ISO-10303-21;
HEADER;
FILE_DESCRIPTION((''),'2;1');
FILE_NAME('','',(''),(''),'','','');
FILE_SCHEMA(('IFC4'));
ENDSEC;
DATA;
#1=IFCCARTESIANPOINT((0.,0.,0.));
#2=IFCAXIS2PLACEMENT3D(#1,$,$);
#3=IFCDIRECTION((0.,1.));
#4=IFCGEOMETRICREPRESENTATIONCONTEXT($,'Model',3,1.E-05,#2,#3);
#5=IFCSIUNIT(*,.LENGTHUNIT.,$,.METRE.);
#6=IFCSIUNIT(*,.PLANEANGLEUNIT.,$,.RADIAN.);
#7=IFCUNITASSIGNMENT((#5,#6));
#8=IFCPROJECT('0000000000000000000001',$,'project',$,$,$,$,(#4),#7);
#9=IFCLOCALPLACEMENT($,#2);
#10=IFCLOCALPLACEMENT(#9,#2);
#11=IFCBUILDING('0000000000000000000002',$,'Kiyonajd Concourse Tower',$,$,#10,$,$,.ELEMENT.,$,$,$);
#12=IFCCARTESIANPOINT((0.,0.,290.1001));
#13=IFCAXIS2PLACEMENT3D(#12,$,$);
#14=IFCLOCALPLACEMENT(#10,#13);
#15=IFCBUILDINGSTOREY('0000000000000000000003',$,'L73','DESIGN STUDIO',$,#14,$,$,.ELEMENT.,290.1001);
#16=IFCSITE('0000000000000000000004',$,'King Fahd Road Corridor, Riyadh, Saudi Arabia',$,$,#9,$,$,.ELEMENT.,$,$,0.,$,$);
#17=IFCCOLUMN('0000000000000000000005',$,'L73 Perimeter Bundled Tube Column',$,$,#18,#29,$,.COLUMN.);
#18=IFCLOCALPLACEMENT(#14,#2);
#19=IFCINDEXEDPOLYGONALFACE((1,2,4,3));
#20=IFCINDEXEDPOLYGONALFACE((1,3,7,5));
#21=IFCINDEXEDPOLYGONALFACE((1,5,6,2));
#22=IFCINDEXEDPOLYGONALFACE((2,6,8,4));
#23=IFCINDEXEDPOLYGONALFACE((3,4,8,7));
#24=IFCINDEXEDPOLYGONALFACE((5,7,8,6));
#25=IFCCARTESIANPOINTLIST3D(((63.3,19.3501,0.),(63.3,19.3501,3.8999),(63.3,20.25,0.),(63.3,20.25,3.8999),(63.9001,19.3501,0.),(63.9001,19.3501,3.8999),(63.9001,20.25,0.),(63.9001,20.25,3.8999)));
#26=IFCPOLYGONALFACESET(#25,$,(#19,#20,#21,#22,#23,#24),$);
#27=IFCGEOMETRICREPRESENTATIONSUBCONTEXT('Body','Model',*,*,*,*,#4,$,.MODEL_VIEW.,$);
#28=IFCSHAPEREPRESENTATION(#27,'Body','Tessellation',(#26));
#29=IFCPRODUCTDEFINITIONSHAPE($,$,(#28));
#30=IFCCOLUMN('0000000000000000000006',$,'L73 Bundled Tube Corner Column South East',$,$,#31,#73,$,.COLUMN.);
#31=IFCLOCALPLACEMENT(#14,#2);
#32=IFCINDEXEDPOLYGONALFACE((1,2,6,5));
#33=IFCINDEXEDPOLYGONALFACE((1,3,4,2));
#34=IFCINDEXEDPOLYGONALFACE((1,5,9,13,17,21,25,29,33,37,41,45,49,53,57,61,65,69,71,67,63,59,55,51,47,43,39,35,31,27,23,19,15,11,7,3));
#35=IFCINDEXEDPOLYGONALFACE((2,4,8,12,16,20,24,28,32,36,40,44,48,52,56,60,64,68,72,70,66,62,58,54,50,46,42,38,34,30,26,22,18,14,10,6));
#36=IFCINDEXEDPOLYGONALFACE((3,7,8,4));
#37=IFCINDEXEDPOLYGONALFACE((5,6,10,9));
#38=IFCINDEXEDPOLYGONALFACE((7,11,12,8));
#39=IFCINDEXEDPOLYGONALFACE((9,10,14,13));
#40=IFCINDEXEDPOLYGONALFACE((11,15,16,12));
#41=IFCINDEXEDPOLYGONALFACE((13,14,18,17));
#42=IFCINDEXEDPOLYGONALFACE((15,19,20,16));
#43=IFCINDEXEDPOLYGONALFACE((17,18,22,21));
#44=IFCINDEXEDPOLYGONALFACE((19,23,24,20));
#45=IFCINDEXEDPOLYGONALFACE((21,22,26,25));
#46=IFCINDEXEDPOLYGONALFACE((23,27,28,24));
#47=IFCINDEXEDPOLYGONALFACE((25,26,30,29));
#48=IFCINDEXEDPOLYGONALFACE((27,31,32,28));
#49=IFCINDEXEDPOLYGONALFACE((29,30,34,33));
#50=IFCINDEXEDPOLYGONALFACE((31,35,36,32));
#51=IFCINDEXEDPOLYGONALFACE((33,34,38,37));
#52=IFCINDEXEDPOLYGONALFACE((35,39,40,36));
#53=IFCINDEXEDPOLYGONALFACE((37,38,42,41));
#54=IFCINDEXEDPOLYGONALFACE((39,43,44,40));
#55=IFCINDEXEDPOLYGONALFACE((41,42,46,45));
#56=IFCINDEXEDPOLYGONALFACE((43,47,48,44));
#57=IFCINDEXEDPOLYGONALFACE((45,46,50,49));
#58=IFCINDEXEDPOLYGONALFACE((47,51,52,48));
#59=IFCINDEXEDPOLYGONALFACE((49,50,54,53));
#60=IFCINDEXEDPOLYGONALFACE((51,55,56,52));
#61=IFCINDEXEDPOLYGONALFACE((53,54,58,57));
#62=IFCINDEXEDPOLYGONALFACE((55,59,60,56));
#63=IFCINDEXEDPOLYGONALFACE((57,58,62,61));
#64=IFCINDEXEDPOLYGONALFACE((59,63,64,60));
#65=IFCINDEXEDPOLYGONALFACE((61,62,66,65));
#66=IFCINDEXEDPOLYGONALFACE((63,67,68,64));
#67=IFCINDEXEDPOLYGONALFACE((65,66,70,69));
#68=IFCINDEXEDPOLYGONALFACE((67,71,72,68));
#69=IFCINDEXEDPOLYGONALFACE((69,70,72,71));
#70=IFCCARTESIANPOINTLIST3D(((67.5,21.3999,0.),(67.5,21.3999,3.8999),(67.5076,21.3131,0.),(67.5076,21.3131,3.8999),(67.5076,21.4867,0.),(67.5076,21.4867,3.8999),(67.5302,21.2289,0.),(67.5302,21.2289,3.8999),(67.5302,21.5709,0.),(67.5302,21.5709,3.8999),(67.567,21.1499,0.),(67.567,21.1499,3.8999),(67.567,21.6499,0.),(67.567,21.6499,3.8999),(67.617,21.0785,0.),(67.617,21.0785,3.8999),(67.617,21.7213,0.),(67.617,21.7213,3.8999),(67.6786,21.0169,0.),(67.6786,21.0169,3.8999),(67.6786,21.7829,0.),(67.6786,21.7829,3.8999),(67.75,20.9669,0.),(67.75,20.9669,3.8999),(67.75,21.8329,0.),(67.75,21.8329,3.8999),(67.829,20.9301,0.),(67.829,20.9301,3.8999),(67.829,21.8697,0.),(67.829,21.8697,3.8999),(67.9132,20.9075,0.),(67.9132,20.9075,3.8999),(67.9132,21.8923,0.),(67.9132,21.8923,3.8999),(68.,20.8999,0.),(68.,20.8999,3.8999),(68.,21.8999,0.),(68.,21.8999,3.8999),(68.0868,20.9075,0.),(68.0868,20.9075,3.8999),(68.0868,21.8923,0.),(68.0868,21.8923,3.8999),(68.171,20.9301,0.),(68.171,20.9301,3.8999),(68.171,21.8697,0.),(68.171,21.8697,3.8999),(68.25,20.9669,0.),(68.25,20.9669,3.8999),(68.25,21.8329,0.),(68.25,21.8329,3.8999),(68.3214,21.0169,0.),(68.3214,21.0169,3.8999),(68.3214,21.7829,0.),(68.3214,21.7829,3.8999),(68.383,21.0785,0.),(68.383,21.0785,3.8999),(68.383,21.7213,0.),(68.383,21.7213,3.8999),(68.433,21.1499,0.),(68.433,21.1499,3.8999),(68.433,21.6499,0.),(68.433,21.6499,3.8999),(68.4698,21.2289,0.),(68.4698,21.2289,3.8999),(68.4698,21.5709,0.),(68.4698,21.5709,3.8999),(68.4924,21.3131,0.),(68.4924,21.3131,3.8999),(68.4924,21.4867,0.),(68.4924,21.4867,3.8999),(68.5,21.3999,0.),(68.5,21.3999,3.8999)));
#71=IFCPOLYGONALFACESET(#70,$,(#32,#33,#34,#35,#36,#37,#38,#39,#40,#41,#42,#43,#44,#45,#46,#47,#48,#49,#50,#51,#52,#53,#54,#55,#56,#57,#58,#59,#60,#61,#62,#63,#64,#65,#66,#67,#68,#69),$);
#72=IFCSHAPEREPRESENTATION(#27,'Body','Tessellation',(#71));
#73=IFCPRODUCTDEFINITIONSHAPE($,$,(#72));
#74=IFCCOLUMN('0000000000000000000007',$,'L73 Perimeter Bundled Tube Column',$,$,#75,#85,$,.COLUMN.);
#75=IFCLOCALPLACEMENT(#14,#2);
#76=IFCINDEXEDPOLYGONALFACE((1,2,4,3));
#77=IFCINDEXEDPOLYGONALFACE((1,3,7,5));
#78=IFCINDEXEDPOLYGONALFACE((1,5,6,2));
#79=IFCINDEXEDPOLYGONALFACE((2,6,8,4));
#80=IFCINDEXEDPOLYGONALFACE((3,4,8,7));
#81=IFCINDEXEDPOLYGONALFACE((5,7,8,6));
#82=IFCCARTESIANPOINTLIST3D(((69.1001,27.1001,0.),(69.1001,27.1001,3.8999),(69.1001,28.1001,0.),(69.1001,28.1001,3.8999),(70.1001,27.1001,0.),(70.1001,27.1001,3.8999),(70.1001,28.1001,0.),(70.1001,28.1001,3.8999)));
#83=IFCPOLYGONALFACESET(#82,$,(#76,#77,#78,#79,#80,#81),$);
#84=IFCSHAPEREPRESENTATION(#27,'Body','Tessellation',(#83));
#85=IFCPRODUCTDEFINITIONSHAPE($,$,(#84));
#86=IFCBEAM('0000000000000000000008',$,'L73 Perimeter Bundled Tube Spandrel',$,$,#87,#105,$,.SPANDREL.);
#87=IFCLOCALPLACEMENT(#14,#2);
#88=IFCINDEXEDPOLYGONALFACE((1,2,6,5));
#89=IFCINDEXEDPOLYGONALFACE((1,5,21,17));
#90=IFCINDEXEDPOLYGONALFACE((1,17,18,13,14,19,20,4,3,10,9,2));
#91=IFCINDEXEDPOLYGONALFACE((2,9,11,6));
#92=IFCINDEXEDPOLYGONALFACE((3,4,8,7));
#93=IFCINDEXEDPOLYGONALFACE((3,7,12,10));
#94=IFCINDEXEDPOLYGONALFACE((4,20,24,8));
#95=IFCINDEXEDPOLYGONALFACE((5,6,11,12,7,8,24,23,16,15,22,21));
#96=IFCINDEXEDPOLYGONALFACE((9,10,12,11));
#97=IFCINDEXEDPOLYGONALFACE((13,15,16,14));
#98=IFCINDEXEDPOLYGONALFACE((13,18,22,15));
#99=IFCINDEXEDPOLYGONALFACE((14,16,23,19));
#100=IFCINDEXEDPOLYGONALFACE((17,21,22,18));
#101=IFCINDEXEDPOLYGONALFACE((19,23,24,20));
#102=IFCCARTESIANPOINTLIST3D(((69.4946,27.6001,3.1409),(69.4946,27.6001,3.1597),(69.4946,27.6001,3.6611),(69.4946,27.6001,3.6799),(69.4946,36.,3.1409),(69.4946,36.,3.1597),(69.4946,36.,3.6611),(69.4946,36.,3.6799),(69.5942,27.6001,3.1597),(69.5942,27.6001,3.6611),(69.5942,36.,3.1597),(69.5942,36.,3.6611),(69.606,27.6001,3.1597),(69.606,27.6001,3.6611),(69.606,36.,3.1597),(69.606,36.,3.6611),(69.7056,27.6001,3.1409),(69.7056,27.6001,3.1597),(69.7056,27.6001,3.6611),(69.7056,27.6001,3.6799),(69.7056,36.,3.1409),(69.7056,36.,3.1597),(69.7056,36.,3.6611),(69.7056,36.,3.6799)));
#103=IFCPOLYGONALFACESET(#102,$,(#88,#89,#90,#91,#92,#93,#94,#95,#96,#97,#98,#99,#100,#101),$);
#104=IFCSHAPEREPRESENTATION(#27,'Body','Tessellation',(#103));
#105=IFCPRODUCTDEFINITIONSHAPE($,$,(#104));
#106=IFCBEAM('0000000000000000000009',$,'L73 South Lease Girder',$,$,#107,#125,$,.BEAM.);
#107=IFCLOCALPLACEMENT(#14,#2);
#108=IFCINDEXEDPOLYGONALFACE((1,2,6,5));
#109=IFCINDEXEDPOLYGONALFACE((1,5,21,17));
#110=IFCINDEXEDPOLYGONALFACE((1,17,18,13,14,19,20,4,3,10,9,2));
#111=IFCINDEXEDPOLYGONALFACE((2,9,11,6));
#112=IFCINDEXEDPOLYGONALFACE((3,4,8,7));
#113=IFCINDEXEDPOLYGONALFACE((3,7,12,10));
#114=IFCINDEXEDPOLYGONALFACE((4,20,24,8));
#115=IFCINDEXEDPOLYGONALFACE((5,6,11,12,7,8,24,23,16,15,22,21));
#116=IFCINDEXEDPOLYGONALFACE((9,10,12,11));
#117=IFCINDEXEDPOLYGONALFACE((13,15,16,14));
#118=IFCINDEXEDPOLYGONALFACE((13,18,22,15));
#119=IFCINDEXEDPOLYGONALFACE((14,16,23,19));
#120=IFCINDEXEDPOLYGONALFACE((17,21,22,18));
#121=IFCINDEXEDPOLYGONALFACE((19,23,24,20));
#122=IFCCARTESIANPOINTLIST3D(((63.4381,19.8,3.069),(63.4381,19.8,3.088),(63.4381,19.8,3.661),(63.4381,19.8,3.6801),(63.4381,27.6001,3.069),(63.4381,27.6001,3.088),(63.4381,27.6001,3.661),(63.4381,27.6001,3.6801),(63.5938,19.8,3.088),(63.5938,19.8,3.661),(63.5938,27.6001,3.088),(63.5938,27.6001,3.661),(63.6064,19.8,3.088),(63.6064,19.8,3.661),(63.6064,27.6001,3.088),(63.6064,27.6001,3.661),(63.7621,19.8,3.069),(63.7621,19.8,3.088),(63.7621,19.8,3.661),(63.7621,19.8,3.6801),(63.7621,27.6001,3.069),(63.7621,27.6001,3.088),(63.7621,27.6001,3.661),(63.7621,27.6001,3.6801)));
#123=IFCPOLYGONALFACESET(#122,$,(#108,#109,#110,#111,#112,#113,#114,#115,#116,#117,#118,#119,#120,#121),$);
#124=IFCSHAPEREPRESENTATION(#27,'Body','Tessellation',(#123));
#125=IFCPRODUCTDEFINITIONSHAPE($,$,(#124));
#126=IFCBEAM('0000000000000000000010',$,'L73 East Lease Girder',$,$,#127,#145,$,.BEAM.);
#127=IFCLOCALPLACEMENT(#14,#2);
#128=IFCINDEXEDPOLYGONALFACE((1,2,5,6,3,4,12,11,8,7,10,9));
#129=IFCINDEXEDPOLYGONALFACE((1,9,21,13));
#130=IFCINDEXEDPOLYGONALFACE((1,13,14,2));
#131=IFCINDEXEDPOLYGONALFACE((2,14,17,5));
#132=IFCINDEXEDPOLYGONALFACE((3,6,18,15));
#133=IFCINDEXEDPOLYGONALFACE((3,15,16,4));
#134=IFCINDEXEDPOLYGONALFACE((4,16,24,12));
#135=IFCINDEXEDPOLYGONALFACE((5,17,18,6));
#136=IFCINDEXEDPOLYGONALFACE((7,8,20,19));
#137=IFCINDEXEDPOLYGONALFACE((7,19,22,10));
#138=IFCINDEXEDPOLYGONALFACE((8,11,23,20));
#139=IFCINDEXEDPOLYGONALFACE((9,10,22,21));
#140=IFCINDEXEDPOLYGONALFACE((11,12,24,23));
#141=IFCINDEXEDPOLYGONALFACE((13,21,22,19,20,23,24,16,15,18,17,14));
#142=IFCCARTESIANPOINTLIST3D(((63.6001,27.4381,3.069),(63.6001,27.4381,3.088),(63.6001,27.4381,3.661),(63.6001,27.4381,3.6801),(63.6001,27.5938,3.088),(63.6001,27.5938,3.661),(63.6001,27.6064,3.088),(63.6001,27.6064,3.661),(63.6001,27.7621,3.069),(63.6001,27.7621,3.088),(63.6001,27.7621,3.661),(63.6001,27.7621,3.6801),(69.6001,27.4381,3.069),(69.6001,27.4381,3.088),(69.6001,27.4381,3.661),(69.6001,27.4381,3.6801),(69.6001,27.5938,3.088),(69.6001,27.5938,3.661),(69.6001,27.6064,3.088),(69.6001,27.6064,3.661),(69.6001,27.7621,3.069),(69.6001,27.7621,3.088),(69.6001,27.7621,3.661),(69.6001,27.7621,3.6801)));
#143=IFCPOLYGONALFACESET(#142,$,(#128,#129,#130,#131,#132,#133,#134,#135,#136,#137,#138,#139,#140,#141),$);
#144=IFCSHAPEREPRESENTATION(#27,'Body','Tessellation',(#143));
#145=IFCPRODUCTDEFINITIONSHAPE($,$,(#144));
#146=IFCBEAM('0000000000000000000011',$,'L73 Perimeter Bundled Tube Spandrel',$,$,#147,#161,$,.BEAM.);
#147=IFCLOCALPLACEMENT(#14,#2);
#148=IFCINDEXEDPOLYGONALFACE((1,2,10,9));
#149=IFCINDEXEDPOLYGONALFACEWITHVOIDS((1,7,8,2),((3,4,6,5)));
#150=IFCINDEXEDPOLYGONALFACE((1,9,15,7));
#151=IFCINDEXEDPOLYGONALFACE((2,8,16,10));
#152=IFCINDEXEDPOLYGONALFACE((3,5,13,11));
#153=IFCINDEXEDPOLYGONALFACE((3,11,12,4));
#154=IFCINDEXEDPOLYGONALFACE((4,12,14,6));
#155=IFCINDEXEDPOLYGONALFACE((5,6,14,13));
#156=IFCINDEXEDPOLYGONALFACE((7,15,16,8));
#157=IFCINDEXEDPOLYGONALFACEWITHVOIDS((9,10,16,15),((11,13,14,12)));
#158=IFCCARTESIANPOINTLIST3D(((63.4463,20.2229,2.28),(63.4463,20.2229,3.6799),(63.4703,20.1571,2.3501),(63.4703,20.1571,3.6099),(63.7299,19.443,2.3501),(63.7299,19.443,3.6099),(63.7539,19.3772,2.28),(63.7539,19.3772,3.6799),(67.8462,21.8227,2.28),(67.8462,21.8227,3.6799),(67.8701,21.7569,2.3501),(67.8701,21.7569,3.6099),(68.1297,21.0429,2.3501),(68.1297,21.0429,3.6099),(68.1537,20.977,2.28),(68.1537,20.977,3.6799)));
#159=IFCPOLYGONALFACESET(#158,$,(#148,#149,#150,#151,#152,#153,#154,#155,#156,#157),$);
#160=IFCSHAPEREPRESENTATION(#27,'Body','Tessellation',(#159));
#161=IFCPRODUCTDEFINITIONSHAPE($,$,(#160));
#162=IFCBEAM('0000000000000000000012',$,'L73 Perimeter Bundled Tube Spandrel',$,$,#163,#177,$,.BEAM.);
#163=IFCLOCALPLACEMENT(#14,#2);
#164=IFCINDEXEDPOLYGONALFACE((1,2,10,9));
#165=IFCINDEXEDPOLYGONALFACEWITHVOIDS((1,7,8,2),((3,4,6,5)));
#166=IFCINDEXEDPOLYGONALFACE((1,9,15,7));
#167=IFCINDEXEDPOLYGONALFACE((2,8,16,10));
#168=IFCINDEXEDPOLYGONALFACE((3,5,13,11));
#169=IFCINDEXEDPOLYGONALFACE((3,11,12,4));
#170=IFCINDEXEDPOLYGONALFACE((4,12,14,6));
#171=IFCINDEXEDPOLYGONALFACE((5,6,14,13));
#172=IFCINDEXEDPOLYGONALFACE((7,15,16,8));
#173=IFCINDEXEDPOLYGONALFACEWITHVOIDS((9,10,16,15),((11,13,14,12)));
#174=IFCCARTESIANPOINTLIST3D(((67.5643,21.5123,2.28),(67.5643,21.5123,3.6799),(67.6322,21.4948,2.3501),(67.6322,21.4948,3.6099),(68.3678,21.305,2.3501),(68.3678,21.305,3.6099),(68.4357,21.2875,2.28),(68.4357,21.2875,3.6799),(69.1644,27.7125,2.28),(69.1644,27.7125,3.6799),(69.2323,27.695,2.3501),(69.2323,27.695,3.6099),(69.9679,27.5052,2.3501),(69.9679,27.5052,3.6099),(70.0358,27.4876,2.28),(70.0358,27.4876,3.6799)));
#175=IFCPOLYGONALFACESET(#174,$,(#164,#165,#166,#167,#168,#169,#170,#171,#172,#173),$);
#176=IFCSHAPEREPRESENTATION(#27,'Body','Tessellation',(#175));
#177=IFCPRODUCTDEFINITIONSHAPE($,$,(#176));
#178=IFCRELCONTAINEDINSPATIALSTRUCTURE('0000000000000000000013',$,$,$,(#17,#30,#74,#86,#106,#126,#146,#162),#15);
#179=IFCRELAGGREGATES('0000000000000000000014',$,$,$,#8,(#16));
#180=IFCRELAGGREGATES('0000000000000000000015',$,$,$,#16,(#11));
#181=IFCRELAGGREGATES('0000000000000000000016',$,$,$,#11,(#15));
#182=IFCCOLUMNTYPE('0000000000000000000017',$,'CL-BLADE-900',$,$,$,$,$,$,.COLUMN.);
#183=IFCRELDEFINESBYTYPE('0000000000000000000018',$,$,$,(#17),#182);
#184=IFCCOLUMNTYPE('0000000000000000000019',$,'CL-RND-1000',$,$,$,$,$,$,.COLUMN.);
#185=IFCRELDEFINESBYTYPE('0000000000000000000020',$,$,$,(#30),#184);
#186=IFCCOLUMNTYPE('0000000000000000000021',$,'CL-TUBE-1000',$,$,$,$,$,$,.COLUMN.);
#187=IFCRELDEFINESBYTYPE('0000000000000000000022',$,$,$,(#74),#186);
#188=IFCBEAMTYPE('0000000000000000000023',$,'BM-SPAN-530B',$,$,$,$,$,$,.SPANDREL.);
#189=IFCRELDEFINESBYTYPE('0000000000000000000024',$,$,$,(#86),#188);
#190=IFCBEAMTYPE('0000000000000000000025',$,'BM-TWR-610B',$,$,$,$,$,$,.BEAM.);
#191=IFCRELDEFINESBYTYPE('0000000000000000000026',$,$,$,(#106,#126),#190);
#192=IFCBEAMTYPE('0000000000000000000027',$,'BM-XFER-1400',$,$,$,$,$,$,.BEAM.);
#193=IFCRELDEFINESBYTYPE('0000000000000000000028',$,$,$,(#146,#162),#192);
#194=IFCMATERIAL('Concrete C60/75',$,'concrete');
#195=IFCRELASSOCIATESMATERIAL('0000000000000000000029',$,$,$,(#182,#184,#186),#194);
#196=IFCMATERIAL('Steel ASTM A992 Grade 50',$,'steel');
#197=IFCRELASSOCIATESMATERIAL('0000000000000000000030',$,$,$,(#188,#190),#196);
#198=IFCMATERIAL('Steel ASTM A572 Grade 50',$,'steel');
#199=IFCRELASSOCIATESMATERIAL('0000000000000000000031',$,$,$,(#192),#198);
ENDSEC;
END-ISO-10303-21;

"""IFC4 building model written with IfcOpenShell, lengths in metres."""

from ifc_helpers import new_model, si_unit, direction, frame, origin, origin_2d, place, context, subcontext, project, spatial, rectangle, hollow_rectangle, circle, i_section, extrude, material, material_profile, profile_set, type_object, element, save


model = new_model("IFC4")

# Units and contexts
model_context = context("Model", 3, precision=1e-05, world=origin(), true_north=direction((0.0, 1.0)))
body_context = subcontext(model_context, "Body", "Model", "MODEL_VIEW")
ifc_project = project(units=[si_unit("LENGTHUNIT", "METRE"), si_unit("PLANEANGLEUNIT", "RADIAN")], contexts=[model_context])

# Site, building, storey
site_placement = place(None, origin())
site = spatial("IfcSite", under=ifc_project, at=site_placement, Name="King Fahd Road Corridor, Riyadh, Saudi Arabia", CompositionType="ELEMENT", RefElevation=0.0)
building_placement = place(site_placement, origin())
building = spatial("IfcBuilding", under=site, at=building_placement, Name="Kiyonajd Concourse Tower", CompositionType="ELEMENT")
storey_placement = place(building_placement, frame((0.0, 0.0, 290.1001)))
storey = spatial("IfcBuildingStorey", under=building, at=storey_placement, Name="L73", Description="DESIGN STUDIO", CompositionType="ELEMENT", Elevation=290.1001)

# Columns
ifc_material_1 = material(Name="Concrete C60/75", Category="concrete")
ifc_material_profile_1 = material_profile(ifc_material_1, rectangle(XDim=0.6001, YDim=0.8999, at=origin_2d()), Name="RC-900x600")
ifc_profile_set_1 = profile_set([ifc_material_profile_1], Name="Concrete C60/75")
column_type_1 = type_object("IfcColumnType", Name="CL-BLADE-900", PredefinedType="COLUMN", material=ifc_profile_set_1)
column_1_placement = place(storey_placement, frame((63.6001, 19.8, 0.0), z_axis=(0.0, 0.0, 1.0), x_axis=(1.0, 0.0, 0.0)))
element("IfcColumn", 1, at=column_1_placement, inside=storey, type_object=column_type_1, Name="L73 Perimeter Bundled Tube Column", PredefinedType="COLUMN", context=body_context, shape_type="SweptSolid", body=[
    extrude(rectangle(XDim=0.6001, YDim=0.8999, at=origin_2d()), origin(), (0.0, 0.0, 1.0), 3.8999),
])
ifc_material_profile_2 = material_profile(ifc_material_1, circle(Radius=0.5, at=origin_2d()), Name="RCC-D1000")
ifc_profile_set_2 = profile_set([ifc_material_profile_2], Name="Concrete C60/75")
column_type_2 = type_object("IfcColumnType", Name="CL-RND-1000", PredefinedType="COLUMN", material=ifc_profile_set_2)
column_2_placement = place(storey_placement, frame((68.0, 21.3999, 0.0), z_axis=(0.0, 0.0, 1.0), x_axis=(1.0, 0.0, 0.0)))
element("IfcColumn", 2, at=column_2_placement, inside=storey, type_object=column_type_2, Name="L73 Bundled Tube Corner Column South East", PredefinedType="COLUMN", context=body_context, shape_type="SweptSolid", body=[
    extrude(circle(Radius=0.5, at=origin_2d()), origin(), (0.0, 0.0, 1.0), 3.8999),
])
ifc_material_profile_3 = material_profile(ifc_material_1, rectangle(XDim=1.0, YDim=1.0, at=origin_2d()), Name="RC-1000x1000")
ifc_profile_set_3 = profile_set([ifc_material_profile_3], Name="Concrete C60/75")
column_type_3 = type_object("IfcColumnType", Name="CL-TUBE-1000", PredefinedType="COLUMN", material=ifc_profile_set_3)
column_3_placement = place(storey_placement, frame((69.6001, 27.6001, 0.0), z_axis=(0.0, 0.0, 1.0), x_axis=(1.0, 0.0, 0.0)))
element("IfcColumn", 3, at=column_3_placement, inside=storey, type_object=column_type_3, Name="L73 Perimeter Bundled Tube Column", PredefinedType="COLUMN", context=body_context, shape_type="SweptSolid", body=[
    extrude(rectangle(XDim=1.0, YDim=1.0, at=origin_2d()), origin(), (0.0, 0.0, 1.0), 3.8999),
])

# Beams
ifc_material_2 = material(Name="Steel ASTM A992 Grade 50", Category="steel")
ifc_material_profile_4 = material_profile(ifc_material_2, i_section(OverallWidth=0.2109, OverallDepth=0.5391, WebThickness=0.0117, FlangeThickness=0.0188, at=origin_2d()), Name="W530X109")
ifc_profile_set_4 = profile_set([ifc_material_profile_4], Name="Steel ASTM A992 Grade 50")
beam_type_1 = type_object("IfcBeamType", Name="BM-SPAN-530B", PredefinedType="SPANDREL", material=ifc_profile_set_4)
beam_1_placement = place(storey_placement, frame((69.6001, 27.6001, 3.4104), z_axis=(0.0, 1.0, 0.0), x_axis=(-1.0, 0.0, 0.0)))
element("IfcBeam", 4, at=beam_1_placement, inside=storey, type_object=beam_type_1, Name="L73 Perimeter Bundled Tube Spandrel", PredefinedType="SPANDREL", context=body_context, shape_type="SweptSolid", body=[
    extrude(i_section(OverallWidth=0.2109, OverallDepth=0.5391, WebThickness=0.0117, FlangeThickness=0.0188, at=origin_2d()), origin(), (0.0, 0.0, 1.0), 8.3999),
])
ifc_material_profile_5 = material_profile(ifc_material_2, i_section(OverallWidth=0.324, OverallDepth=0.6111, WebThickness=0.0127, FlangeThickness=0.019, at=origin_2d()), Name="W610X155")
ifc_profile_set_5 = profile_set([ifc_material_profile_5], Name="Steel ASTM A992 Grade 50")
beam_type_2 = type_object("IfcBeamType", Name="BM-TWR-610B", PredefinedType="BEAM", material=ifc_profile_set_5)
beam_2_placement = place(storey_placement, frame((63.6001, 19.8, 3.3745), z_axis=(0.0, 1.0, 0.0), x_axis=(-1.0, 0.0, 0.0)))
element("IfcBeam", 5, at=beam_2_placement, inside=storey, type_object=beam_type_2, Name="L73 South Lease Girder", PredefinedType="BEAM", context=body_context, shape_type="SweptSolid", body=[
    extrude(i_section(OverallWidth=0.324, OverallDepth=0.6111, WebThickness=0.0127, FlangeThickness=0.019, at=origin_2d()), origin(), (0.0, 0.0, 1.0), 7.8),
])
beam_3_placement = place(storey_placement, frame((63.6001, 27.6001, 3.3745), z_axis=(1.0, 0.0, 0.0), x_axis=(0.0, 1.0, 0.0)))
element("IfcBeam", 6, at=beam_3_placement, inside=storey, type_object=beam_type_2, Name="L73 East Lease Girder", PredefinedType="BEAM", context=body_context, shape_type="SweptSolid", body=[
    extrude(i_section(OverallWidth=0.324, OverallDepth=0.6111, WebThickness=0.0127, FlangeThickness=0.019, at=origin_2d()), origin(), (0.0, 0.0, 1.0), 6.0),
])
ifc_material_3 = material(Name="Steel ASTM A572 Grade 50", Category="steel")
ifc_material_profile_6 = material_profile(ifc_material_3, hollow_rectangle(XDim=0.8999, YDim=1.3999, WallThickness=0.0701, at=origin_2d()), Name="BOX-1400x900x70")
ifc_profile_set_6 = profile_set([ifc_material_profile_6], Name="Steel ASTM A572 Grade 50")
beam_type_3 = type_object("IfcBeamType", Name="BM-XFER-1400", PredefinedType="BEAM", material=ifc_profile_set_6)
beam_4_placement = place(storey_placement, frame((63.6001, 19.8, 2.98), z_axis=(0.939801, 0.341722, 0.0), x_axis=(-0.341722, 0.939801, 0.0)))
element("IfcBeam", 7, at=beam_4_placement, inside=storey, type_object=beam_type_3, Name="L73 Perimeter Bundled Tube Spandrel", PredefinedType="BEAM", context=body_context, shape_type="SweptSolid", body=[
    extrude(hollow_rectangle(XDim=0.8999, YDim=1.3999, WallThickness=0.0701, at=origin_2d()), origin(), (0.0, 0.0, 1.0), 4.6816),
])
beam_5_placement = place(storey_placement, frame((68.0, 21.3999, 2.98), z_axis=(0.249885, 0.968276, 0.0), x_axis=(-0.968276, 0.249885, 0.0)))
element("IfcBeam", 8, at=beam_5_placement, inside=storey, type_object=beam_type_3, Name="L73 Perimeter Bundled Tube Spandrel", PredefinedType="BEAM", context=body_context, shape_type="SweptSolid", body=[
    extrude(hollow_rectangle(XDim=0.8999, YDim=1.3999, WallThickness=0.0701, at=origin_2d()), origin(), (0.0, 0.0, 1.0), 6.4033),
])

save(model, "model.ifc")
